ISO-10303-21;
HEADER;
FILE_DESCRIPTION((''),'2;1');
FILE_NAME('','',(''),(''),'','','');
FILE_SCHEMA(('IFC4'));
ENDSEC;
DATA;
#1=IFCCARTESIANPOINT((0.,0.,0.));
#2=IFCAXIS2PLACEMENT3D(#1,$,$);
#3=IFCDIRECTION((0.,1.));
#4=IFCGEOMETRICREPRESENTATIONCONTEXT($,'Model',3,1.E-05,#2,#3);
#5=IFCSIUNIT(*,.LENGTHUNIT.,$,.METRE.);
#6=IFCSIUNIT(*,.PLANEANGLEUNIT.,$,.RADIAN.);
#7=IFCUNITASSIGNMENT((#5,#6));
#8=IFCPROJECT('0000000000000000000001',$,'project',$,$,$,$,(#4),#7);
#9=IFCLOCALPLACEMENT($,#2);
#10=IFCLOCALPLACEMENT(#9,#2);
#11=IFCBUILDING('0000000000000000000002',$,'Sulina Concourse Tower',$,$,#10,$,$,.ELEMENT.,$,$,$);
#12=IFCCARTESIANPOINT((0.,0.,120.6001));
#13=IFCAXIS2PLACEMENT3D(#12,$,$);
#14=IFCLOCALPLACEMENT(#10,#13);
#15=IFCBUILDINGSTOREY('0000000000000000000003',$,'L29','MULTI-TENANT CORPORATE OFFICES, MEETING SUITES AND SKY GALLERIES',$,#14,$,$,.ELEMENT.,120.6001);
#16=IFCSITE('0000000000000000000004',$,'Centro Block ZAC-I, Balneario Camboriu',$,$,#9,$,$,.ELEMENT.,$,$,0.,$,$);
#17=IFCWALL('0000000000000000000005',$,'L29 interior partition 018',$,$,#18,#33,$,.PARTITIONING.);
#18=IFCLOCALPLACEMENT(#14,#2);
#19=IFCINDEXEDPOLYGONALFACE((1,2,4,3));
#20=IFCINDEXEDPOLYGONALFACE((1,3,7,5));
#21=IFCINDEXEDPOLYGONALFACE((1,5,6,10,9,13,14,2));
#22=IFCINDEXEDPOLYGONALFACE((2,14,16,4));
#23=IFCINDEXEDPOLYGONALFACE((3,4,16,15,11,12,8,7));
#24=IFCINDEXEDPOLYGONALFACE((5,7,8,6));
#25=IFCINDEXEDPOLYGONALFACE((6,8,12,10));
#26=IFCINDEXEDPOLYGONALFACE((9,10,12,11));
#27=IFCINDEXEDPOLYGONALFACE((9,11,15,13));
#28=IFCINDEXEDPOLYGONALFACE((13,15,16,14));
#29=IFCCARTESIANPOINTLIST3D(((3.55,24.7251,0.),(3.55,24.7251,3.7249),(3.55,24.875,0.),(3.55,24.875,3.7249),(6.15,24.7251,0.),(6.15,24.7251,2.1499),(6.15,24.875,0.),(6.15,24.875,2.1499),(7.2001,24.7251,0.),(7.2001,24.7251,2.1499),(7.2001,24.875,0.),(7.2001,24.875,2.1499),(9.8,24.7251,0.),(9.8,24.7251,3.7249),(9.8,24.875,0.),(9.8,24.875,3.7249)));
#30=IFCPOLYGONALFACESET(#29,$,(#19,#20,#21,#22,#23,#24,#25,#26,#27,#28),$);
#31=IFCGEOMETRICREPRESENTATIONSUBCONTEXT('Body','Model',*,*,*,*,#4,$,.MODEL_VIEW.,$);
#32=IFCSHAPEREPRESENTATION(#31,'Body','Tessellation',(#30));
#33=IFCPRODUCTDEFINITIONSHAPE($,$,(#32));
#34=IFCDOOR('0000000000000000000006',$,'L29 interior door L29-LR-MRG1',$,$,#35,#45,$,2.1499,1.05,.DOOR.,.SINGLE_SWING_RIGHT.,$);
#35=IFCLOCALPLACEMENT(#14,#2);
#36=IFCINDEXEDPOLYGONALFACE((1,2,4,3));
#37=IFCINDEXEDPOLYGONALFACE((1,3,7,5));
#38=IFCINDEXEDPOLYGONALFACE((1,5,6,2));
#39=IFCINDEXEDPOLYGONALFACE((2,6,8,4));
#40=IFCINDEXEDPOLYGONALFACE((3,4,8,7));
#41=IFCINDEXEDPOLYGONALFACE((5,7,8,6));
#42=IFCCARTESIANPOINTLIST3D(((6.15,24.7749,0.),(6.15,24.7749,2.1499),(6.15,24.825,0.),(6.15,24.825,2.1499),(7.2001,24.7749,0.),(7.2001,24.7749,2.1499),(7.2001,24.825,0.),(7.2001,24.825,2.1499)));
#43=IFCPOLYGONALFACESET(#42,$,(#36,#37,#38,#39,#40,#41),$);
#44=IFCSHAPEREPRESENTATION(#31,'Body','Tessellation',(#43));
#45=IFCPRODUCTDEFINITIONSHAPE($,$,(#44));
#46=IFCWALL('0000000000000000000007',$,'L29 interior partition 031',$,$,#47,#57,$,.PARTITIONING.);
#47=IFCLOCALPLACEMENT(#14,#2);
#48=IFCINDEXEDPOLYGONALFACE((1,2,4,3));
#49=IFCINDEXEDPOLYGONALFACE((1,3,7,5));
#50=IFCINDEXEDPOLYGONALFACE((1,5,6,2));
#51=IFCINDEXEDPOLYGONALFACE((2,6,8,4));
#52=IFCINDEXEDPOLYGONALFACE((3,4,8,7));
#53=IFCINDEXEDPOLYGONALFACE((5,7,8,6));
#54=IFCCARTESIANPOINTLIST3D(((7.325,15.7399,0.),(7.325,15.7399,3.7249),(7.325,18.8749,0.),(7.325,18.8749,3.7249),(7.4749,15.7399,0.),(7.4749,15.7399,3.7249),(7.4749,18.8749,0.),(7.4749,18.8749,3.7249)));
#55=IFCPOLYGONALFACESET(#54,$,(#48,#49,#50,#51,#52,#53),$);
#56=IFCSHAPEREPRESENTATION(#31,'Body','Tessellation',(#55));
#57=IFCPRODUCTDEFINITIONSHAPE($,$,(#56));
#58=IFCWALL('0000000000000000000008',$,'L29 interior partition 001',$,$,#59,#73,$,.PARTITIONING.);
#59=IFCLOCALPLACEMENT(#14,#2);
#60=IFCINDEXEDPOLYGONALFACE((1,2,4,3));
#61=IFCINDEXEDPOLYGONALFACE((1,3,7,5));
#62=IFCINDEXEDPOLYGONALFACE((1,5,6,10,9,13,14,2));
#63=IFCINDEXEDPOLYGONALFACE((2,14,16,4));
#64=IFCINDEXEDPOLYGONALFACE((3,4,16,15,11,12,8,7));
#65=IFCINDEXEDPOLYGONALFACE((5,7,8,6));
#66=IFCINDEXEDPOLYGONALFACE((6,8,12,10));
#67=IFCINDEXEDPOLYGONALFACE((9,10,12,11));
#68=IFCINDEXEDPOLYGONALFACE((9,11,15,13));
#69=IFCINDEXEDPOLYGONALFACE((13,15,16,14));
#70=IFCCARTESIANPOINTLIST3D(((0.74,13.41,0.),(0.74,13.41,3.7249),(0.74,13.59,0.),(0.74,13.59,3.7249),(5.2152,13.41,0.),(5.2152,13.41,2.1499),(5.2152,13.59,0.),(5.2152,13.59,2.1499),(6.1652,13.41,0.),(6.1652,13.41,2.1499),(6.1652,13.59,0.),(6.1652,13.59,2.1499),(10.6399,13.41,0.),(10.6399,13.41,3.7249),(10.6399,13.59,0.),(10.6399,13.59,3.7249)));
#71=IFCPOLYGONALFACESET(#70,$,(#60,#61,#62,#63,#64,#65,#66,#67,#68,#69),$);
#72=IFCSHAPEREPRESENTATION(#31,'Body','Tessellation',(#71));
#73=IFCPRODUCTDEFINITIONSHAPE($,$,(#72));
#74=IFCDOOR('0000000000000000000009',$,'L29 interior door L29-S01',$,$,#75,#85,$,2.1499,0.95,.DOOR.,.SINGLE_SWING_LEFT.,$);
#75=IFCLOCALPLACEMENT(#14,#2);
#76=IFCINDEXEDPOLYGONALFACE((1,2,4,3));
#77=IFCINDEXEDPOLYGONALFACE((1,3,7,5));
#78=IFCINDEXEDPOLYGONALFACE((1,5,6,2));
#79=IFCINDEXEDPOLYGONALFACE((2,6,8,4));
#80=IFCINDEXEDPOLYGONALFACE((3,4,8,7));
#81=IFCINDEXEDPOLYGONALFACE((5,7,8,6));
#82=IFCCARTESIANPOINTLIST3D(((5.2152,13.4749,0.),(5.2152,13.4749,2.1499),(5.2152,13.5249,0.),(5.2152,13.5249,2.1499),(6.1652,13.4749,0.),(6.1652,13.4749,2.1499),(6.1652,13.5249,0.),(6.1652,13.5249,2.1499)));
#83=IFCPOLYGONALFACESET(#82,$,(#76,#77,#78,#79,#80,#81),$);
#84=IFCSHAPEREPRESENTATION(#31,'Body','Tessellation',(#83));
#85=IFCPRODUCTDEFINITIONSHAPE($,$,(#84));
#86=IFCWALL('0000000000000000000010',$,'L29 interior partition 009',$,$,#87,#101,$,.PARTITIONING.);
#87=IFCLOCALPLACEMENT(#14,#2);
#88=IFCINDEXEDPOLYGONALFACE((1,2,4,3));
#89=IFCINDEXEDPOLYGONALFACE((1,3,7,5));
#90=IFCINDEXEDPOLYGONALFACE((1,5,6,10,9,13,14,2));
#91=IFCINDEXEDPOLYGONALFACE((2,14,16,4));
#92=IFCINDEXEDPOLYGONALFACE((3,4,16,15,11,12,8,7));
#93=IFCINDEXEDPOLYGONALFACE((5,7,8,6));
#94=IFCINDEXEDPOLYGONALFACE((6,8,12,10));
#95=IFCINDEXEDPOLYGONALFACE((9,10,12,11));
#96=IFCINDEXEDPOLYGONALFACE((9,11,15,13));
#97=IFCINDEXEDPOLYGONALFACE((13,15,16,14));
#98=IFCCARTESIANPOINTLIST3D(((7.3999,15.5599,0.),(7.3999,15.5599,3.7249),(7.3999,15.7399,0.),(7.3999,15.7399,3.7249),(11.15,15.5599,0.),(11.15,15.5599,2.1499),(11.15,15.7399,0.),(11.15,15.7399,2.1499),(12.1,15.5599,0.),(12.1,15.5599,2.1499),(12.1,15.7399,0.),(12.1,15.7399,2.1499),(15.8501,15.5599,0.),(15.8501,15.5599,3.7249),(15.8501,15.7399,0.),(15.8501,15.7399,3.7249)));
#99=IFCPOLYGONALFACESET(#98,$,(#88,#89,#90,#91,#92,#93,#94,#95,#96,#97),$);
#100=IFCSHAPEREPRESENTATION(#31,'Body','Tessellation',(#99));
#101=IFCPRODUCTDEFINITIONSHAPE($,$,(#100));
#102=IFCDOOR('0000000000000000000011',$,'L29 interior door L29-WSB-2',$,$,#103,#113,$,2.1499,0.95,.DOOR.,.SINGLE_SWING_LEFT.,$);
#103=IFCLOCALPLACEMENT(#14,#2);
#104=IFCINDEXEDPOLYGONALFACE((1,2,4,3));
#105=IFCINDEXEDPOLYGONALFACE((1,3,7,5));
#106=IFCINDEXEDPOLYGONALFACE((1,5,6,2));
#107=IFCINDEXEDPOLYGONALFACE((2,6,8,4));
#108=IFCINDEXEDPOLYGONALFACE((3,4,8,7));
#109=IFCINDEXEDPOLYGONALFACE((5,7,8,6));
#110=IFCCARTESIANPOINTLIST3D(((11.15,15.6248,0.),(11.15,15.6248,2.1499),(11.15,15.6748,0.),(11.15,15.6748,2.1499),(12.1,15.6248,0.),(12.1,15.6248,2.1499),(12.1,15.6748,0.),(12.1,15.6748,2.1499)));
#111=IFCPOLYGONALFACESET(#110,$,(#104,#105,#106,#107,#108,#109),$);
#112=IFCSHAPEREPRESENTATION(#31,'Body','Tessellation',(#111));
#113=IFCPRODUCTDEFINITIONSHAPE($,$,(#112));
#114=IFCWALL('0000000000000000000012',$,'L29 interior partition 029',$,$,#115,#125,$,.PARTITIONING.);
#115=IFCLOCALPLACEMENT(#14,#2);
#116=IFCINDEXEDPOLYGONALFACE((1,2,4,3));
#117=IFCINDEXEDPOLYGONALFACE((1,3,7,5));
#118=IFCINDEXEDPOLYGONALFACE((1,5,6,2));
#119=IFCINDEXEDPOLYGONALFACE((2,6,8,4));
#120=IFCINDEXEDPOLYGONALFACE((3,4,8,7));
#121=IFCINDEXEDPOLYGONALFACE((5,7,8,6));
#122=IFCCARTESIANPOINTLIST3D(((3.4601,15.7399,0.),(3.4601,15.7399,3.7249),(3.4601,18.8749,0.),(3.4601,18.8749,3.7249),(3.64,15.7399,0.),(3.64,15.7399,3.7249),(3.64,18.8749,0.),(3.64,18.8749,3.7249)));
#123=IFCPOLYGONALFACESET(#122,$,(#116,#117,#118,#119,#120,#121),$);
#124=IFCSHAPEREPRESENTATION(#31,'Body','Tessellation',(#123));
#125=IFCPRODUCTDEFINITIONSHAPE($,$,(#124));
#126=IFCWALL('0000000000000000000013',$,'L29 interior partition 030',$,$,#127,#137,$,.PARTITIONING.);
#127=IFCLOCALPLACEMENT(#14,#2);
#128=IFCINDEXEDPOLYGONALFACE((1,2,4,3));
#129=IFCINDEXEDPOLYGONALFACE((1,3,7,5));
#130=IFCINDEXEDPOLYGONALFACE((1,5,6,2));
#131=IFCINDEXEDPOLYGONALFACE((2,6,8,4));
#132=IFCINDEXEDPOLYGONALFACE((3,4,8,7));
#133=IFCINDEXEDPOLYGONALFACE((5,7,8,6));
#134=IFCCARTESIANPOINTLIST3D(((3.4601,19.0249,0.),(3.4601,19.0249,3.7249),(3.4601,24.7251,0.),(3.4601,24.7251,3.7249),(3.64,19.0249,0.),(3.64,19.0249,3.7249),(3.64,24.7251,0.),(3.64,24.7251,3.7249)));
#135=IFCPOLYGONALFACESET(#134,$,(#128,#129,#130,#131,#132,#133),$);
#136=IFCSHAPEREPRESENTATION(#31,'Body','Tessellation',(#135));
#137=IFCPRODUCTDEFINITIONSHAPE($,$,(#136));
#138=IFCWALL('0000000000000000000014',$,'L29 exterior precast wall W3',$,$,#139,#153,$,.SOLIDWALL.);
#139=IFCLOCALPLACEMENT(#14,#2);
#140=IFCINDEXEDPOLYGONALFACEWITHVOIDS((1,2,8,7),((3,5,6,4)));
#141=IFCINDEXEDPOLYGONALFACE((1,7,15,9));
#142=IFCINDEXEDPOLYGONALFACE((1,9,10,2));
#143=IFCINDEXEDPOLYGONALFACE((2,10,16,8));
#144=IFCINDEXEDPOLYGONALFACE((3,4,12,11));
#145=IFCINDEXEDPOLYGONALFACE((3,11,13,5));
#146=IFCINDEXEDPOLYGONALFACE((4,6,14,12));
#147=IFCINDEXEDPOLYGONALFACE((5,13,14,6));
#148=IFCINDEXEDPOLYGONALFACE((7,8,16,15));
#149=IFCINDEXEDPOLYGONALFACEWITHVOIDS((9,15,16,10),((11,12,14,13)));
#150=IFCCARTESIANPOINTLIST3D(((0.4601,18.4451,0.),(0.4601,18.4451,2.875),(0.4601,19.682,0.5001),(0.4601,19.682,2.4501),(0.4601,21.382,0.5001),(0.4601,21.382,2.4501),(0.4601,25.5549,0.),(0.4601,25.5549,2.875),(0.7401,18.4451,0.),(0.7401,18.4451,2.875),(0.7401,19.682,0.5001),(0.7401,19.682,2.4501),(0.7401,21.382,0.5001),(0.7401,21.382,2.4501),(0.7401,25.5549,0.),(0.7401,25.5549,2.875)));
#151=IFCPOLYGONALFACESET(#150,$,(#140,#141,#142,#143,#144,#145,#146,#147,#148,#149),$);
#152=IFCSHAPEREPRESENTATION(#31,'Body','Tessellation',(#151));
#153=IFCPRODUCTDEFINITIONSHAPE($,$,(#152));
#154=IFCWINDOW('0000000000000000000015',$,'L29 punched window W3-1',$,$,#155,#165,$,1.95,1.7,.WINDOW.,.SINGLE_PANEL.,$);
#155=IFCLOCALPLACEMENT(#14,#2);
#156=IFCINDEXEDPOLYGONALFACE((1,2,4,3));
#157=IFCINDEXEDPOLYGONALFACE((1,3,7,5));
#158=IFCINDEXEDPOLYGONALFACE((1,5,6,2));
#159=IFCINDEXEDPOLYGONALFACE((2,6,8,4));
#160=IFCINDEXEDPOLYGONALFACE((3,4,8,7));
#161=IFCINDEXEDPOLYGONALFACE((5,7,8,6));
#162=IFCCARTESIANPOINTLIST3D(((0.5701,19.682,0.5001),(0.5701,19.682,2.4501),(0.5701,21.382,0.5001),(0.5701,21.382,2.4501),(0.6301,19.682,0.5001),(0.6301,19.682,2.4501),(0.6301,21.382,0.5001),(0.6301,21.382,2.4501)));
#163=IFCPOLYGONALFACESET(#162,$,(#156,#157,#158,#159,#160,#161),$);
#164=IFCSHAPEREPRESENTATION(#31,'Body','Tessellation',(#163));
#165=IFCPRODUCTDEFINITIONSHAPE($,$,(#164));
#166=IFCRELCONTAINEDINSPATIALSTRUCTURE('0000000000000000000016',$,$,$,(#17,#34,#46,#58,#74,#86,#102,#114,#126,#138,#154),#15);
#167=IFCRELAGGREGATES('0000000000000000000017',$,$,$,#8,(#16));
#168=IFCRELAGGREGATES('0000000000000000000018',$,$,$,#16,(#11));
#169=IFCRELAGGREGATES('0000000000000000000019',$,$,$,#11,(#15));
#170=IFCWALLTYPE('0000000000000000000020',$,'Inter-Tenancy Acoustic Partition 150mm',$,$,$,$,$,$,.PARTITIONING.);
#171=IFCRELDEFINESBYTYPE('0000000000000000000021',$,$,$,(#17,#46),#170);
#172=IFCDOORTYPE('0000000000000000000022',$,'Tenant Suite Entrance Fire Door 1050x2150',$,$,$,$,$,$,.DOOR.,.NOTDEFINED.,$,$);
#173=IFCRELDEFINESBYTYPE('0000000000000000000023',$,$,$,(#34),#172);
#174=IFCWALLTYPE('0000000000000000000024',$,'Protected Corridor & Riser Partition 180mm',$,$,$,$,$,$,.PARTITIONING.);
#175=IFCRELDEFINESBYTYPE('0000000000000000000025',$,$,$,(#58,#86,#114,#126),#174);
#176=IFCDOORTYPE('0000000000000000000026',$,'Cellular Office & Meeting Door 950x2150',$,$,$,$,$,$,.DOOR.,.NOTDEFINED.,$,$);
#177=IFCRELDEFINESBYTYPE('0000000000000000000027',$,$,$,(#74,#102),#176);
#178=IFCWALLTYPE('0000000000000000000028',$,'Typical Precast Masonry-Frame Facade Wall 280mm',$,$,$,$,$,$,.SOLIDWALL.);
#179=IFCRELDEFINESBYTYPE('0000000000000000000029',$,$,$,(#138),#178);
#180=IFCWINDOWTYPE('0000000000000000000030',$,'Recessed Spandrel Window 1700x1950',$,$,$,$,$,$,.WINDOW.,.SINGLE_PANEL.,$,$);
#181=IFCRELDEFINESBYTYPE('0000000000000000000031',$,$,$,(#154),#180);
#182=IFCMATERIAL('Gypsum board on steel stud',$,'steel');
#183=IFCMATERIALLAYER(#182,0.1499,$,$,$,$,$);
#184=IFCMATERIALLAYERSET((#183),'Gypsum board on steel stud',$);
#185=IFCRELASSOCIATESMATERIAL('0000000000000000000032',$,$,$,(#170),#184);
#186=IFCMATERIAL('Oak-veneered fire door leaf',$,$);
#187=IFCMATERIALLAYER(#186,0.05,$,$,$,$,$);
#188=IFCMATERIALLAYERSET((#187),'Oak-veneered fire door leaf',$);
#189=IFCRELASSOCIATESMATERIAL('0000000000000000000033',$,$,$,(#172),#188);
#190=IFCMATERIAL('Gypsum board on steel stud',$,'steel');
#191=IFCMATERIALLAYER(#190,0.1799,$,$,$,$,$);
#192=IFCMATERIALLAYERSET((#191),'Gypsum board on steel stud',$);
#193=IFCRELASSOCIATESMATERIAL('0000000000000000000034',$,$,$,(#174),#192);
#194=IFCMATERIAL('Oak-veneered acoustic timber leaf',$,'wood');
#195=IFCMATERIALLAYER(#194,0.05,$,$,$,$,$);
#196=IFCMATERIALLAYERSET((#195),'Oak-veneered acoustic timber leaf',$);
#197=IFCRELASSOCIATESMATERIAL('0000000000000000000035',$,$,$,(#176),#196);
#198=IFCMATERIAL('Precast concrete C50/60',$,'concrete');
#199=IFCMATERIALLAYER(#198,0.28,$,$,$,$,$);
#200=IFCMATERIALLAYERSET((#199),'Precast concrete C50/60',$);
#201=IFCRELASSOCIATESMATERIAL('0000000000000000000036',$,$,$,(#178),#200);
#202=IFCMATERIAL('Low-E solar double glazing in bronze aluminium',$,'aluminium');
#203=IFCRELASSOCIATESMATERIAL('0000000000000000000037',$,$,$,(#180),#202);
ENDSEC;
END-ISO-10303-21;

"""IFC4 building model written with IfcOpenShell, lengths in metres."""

from ifc_helpers import new_model, si_unit, direction, frame, frame_2d, origin, place, context, subcontext, project, spatial, rectangle, extrude, material, layer, layer_set, type_object, element, fill, save


model = new_model("IFC4")

# Units and contexts
model_context = context("Model", 3, precision=1e-05, world=origin(), true_north=direction((0.0, 1.0)))
body_context = subcontext(model_context, "Body", "Model", "MODEL_VIEW")
ifc_project = project(units=[si_unit("LENGTHUNIT", "METRE"), si_unit("PLANEANGLEUNIT", "RADIAN")], contexts=[model_context])

# Site, building, storey
site_placement = place(None, origin())
site = spatial("IfcSite", under=ifc_project, at=site_placement, Name="Centro Block ZAC-I, Balneario Camboriu", CompositionType="ELEMENT", RefElevation=0.0)
building_placement = place(site_placement, origin())
building = spatial("IfcBuilding", under=site, at=building_placement, Name="Sulina Concourse Tower", CompositionType="ELEMENT")
storey_placement = place(building_placement, frame((0.0, 0.0, 120.6001)))
storey = spatial("IfcBuildingStorey", under=building, at=storey_placement, Name="L29", Description="MULTI-TENANT CORPORATE OFFICES, MEETING SUITES AND SKY GALLERIES", CompositionType="ELEMENT", Elevation=120.6001)

# Shared definitions
ifc_material_1 = material(Name="Gypsum board on steel stud", Category="steel")
ifc_layer_1 = layer(ifc_material_1, 0.1499)
ifc_layer_set_1 = layer_set([ifc_layer_1], Name="Gypsum board on steel stud")
wall_type_1 = type_object("IfcWallType", Name="Inter-Tenancy Acoustic Partition 150mm", PredefinedType="PARTITIONING", material=ifc_layer_set_1)

# Wall, opening, door
wall_1_placement = place(storey_placement, frame((3.55, 24.8, 0.0), z_axis=(0.0, 0.0, 1.0), x_axis=(1.0, 0.0, 0.0)))
wall_1 = element("IfcWall", 1, at=wall_1_placement, inside=storey, type_object=wall_type_1, Name="L29 interior partition 018", PredefinedType="PARTITIONING", context=body_context, shape_type="SweptSolid", body=[
    extrude(rectangle(XDim=6.25, YDim=0.1499, at=frame_2d((3.125, 0.0))), origin(), (0.0, 0.0, 1.0), 3.7249),
])
opening_1_placement = place(wall_1_placement, frame((2.6001, 0.0, 0.0)))
opening_1 = element("IfcOpeningElement", 2, at=opening_1_placement, cuts=wall_1, PredefinedType="OPENING", context=body_context, shape_type="SweptSolid", body=[
    extrude(rectangle(XDim=1.05, YDim=2.1499, at=frame_2d((0.5249, 1.075))), frame((0.0, 0.085, 0.0), z_axis=(0.0, -1.0, 0.0), x_axis=(1.0, 0.0, 0.0)), (0.0, 0.0, 1.0), 0.1699),
])
ifc_material_2 = material(Name="Oak-veneered fire door leaf")
ifc_layer_2 = layer(ifc_material_2, 0.05)
ifc_layer_set_2 = layer_set([ifc_layer_2], Name="Oak-veneered fire door leaf")
door_type_1 = type_object("IfcDoorType", Name="Tenant Suite Entrance Fire Door 1050x2150", OperationType="NOTDEFINED", PredefinedType="DOOR", material=ifc_layer_set_2)
door_1_placement = place(opening_1_placement, origin())
door_1 = element("IfcDoor", 3, at=door_1_placement, inside=storey, type_object=door_type_1, Name="L29 interior door L29-LR-MRG1", OperationType="SINGLE_SWING_RIGHT", OverallHeight=2.1499, OverallWidth=1.05, PredefinedType="DOOR", context=body_context, shape_type="SweptSolid", body=[
    extrude(rectangle(XDim=1.05, YDim=2.1499, at=frame_2d((0.5249, 1.075))), frame((0.0, 0.0249, 0.0), z_axis=(0.0, -1.0, 0.0), x_axis=(1.0, 0.0, 0.0)), (0.0, 0.0, 1.0), 0.05),
])
fill(opening_1, door_1)

# Wall
wall_2_placement = place(storey_placement, frame((7.3999, 15.74, 0.0), z_axis=(0.0, 0.0, 1.0), x_axis=(0.0, 1.0, 0.0)))
element("IfcWall", 4, at=wall_2_placement, inside=storey, type_object=wall_type_1, Name="L29 interior partition 031", PredefinedType="PARTITIONING", context=body_context, shape_type="SweptSolid", body=[
    extrude(rectangle(XDim=3.135, YDim=0.1499, at=frame_2d((1.5674, 0.0))), origin(), (0.0, 0.0, 1.0), 3.7249),
])

# Walls, openings, doors
ifc_material_3 = material(Name="Gypsum board on steel stud", Category="steel")
ifc_layer_3 = layer(ifc_material_3, 0.1799)
ifc_layer_set_3 = layer_set([ifc_layer_3], Name="Gypsum board on steel stud")
wall_type_2 = type_object("IfcWallType", Name="Protected Corridor & Riser Partition 180mm", PredefinedType="PARTITIONING", material=ifc_layer_set_3)
wall_3_placement = place(storey_placement, frame((0.74, 13.5, 0.0), z_axis=(0.0, 0.0, 1.0), x_axis=(1.0, 0.0, 0.0)))
wall_3 = element("IfcWall", 5, at=wall_3_placement, inside=storey, type_object=wall_type_2, Name="L29 interior partition 001", PredefinedType="PARTITIONING", context=body_context, shape_type="SweptSolid", body=[
    extrude(rectangle(XDim=9.8999, YDim=0.1799, at=frame_2d((4.95, 0.0))), origin(), (0.0, 0.0, 1.0), 3.7249),
])
opening_2_placement = place(wall_3_placement, frame((4.4751, 0.0, 0.0)))
opening_2 = element("IfcOpeningElement", 6, at=opening_2_placement, cuts=wall_3, PredefinedType="OPENING", context=body_context, shape_type="SweptSolid", body=[
    extrude(rectangle(XDim=0.95, YDim=2.1499, at=frame_2d((0.4751, 1.075))), frame((0.0, 0.0999, 0.0), z_axis=(0.0, -1.0, 0.0), x_axis=(1.0, 0.0, 0.0)), (0.0, 0.0, 1.0), 0.2),
])
ifc_material_4 = material(Name="Oak-veneered acoustic timber leaf", Category="wood")
ifc_layer_4 = layer(ifc_material_4, 0.05)
ifc_layer_set_4 = layer_set([ifc_layer_4], Name="Oak-veneered acoustic timber leaf")
door_type_2 = type_object("IfcDoorType", Name="Cellular Office & Meeting Door 950x2150", OperationType="NOTDEFINED", PredefinedType="DOOR", material=ifc_layer_set_4)
door_2_placement = place(opening_2_placement, origin())
door_2 = element("IfcDoor", 7, at=door_2_placement, inside=storey, type_object=door_type_2, Name="L29 interior door L29-S01", OperationType="SINGLE_SWING_LEFT", OverallHeight=2.1499, OverallWidth=0.95, PredefinedType="DOOR", context=body_context, shape_type="SweptSolid", body=[
    extrude(rectangle(XDim=0.95, YDim=2.1499, at=frame_2d((0.4751, 1.075))), frame((0.0, 0.0249, 0.0), z_axis=(0.0, -1.0, 0.0), x_axis=(1.0, 0.0, 0.0)), (0.0, 0.0, 1.0), 0.05),
])
fill(opening_2, door_2)
wall_4_placement = place(storey_placement, frame((7.3999, 15.6499, 0.0), z_axis=(0.0, 0.0, 1.0), x_axis=(1.0, 0.0, 0.0)))
wall_4 = element("IfcWall", 8, at=wall_4_placement, inside=storey, type_object=wall_type_2, Name="L29 interior partition 009", PredefinedType="PARTITIONING", context=body_context, shape_type="SweptSolid", body=[
    extrude(rectangle(XDim=8.4502, YDim=0.1799, at=frame_2d((4.2251, 0.0))), origin(), (0.0, 0.0, 1.0), 3.7249),
])
opening_3_placement = place(wall_4_placement, frame((3.75, 0.0, 0.0)))
opening_3 = element("IfcOpeningElement", 9, at=opening_3_placement, cuts=wall_4, PredefinedType="OPENING", context=body_context, shape_type="SweptSolid", body=[
    extrude(rectangle(XDim=0.95, YDim=2.1499, at=frame_2d((0.4751, 1.075))), frame((0.0, 0.0999, 0.0), z_axis=(0.0, -1.0, 0.0), x_axis=(1.0, 0.0, 0.0)), (0.0, 0.0, 1.0), 0.2),
])
door_3_placement = place(opening_3_placement, origin())
door_3 = element("IfcDoor", 10, at=door_3_placement, inside=storey, type_object=door_type_2, Name="L29 interior door L29-WSB-2", OperationType="SINGLE_SWING_LEFT", OverallHeight=2.1499, OverallWidth=0.95, PredefinedType="DOOR", context=body_context, shape_type="SweptSolid", body=[
    extrude(rectangle(XDim=0.95, YDim=2.1499, at=frame_2d((0.4751, 1.075))), frame((0.0, 0.0249, 0.0), z_axis=(0.0, -1.0, 0.0), x_axis=(1.0, 0.0, 0.0)), (0.0, 0.0, 1.0), 0.05),
])
fill(opening_3, door_3)

# Walls
wall_5_placement = place(storey_placement, frame((3.55, 15.74, 0.0), z_axis=(0.0, 0.0, 1.0), x_axis=(0.0, 1.0, 0.0)))
element("IfcWall", 11, at=wall_5_placement, inside=storey, type_object=wall_type_2, Name="L29 interior partition 029", PredefinedType="PARTITIONING", context=body_context, shape_type="SweptSolid", body=[
    extrude(rectangle(XDim=3.135, YDim=0.1799, at=frame_2d((1.5674, 0.0))), origin(), (0.0, 0.0, 1.0), 3.7249),
])
wall_6_placement = place(storey_placement, frame((3.55, 19.0249, 0.0), z_axis=(0.0, 0.0, 1.0), x_axis=(0.0, 1.0, 0.0)))
element("IfcWall", 12, at=wall_6_placement, inside=storey, type_object=wall_type_2, Name="L29 interior partition 030", PredefinedType="PARTITIONING", context=body_context, shape_type="SweptSolid", body=[
    extrude(rectangle(XDim=5.7002, YDim=0.1799, at=frame_2d((2.8501, 0.0))), origin(), (0.0, 0.0, 1.0), 3.7249),
])

# Wall, opening, window
ifc_material_5 = material(Name="Precast concrete C50/60", Category="concrete")
ifc_layer_5 = layer(ifc_material_5, 0.28)
ifc_layer_set_5 = layer_set([ifc_layer_5], Name="Precast concrete C50/60")
wall_type_3 = type_object("IfcWallType", Name="Typical Precast Masonry-Frame Facade Wall 280mm", PredefinedType="SOLIDWALL", material=ifc_layer_set_5)
wall_7_placement = place(storey_placement, frame((0.6001, 18.4451, 0.0), z_axis=(0.0, 0.0, 1.0), x_axis=(0.0, 1.0, 0.0)))
wall_7 = element("IfcWall", 13, at=wall_7_placement, inside=storey, type_object=wall_type_3, Name="L29 exterior precast wall W3", PredefinedType="SOLIDWALL", context=body_context, shape_type="SweptSolid", body=[
    extrude(rectangle(XDim=7.1099, YDim=0.28, at=frame_2d((3.5549, 0.0))), origin(), (0.0, 0.0, 1.0), 2.875),
])
opening_4_placement = place(wall_7_placement, frame((1.2368, 0.0, 0.5)))
opening_4 = element("IfcOpeningElement", 14, at=opening_4_placement, cuts=wall_7, PredefinedType="OPENING", context=body_context, shape_type="SweptSolid", body=[
    extrude(rectangle(XDim=1.7, YDim=1.95, at=frame_2d((0.8501, 0.9751))), frame((0.0, 0.1499, 0.0), z_axis=(0.0, -1.0, 0.0), x_axis=(1.0, 0.0, 0.0)), (0.0, 0.0, 1.0), 0.3),
])
ifc_material_6 = material(Name="Low-E solar double glazing in bronze aluminium", Category="aluminium")
window_type = type_object("IfcWindowType", Name="Recessed Spandrel Window 1700x1950", PartitioningType="SINGLE_PANEL", PredefinedType="WINDOW", material=ifc_material_6)
window_placement = place(opening_4_placement, origin())
window = element("IfcWindow", 15, at=window_placement, inside=storey, type_object=window_type, Name="L29 punched window W3-1", OverallHeight=1.95, OverallWidth=1.7, PartitioningType="SINGLE_PANEL", PredefinedType="WINDOW", context=body_context, shape_type="SweptSolid", body=[
    extrude(rectangle(XDim=1.7, YDim=1.95, at=frame_2d((0.8501, 0.9751))), frame((0.0, 0.03, 0.0), z_axis=(0.0, -1.0, 0.0), x_axis=(1.0, 0.0, 0.0)), (0.0, 0.0, 1.0), 0.0601),
])
fill(opening_4, window)

save(model, "model.ifc")
